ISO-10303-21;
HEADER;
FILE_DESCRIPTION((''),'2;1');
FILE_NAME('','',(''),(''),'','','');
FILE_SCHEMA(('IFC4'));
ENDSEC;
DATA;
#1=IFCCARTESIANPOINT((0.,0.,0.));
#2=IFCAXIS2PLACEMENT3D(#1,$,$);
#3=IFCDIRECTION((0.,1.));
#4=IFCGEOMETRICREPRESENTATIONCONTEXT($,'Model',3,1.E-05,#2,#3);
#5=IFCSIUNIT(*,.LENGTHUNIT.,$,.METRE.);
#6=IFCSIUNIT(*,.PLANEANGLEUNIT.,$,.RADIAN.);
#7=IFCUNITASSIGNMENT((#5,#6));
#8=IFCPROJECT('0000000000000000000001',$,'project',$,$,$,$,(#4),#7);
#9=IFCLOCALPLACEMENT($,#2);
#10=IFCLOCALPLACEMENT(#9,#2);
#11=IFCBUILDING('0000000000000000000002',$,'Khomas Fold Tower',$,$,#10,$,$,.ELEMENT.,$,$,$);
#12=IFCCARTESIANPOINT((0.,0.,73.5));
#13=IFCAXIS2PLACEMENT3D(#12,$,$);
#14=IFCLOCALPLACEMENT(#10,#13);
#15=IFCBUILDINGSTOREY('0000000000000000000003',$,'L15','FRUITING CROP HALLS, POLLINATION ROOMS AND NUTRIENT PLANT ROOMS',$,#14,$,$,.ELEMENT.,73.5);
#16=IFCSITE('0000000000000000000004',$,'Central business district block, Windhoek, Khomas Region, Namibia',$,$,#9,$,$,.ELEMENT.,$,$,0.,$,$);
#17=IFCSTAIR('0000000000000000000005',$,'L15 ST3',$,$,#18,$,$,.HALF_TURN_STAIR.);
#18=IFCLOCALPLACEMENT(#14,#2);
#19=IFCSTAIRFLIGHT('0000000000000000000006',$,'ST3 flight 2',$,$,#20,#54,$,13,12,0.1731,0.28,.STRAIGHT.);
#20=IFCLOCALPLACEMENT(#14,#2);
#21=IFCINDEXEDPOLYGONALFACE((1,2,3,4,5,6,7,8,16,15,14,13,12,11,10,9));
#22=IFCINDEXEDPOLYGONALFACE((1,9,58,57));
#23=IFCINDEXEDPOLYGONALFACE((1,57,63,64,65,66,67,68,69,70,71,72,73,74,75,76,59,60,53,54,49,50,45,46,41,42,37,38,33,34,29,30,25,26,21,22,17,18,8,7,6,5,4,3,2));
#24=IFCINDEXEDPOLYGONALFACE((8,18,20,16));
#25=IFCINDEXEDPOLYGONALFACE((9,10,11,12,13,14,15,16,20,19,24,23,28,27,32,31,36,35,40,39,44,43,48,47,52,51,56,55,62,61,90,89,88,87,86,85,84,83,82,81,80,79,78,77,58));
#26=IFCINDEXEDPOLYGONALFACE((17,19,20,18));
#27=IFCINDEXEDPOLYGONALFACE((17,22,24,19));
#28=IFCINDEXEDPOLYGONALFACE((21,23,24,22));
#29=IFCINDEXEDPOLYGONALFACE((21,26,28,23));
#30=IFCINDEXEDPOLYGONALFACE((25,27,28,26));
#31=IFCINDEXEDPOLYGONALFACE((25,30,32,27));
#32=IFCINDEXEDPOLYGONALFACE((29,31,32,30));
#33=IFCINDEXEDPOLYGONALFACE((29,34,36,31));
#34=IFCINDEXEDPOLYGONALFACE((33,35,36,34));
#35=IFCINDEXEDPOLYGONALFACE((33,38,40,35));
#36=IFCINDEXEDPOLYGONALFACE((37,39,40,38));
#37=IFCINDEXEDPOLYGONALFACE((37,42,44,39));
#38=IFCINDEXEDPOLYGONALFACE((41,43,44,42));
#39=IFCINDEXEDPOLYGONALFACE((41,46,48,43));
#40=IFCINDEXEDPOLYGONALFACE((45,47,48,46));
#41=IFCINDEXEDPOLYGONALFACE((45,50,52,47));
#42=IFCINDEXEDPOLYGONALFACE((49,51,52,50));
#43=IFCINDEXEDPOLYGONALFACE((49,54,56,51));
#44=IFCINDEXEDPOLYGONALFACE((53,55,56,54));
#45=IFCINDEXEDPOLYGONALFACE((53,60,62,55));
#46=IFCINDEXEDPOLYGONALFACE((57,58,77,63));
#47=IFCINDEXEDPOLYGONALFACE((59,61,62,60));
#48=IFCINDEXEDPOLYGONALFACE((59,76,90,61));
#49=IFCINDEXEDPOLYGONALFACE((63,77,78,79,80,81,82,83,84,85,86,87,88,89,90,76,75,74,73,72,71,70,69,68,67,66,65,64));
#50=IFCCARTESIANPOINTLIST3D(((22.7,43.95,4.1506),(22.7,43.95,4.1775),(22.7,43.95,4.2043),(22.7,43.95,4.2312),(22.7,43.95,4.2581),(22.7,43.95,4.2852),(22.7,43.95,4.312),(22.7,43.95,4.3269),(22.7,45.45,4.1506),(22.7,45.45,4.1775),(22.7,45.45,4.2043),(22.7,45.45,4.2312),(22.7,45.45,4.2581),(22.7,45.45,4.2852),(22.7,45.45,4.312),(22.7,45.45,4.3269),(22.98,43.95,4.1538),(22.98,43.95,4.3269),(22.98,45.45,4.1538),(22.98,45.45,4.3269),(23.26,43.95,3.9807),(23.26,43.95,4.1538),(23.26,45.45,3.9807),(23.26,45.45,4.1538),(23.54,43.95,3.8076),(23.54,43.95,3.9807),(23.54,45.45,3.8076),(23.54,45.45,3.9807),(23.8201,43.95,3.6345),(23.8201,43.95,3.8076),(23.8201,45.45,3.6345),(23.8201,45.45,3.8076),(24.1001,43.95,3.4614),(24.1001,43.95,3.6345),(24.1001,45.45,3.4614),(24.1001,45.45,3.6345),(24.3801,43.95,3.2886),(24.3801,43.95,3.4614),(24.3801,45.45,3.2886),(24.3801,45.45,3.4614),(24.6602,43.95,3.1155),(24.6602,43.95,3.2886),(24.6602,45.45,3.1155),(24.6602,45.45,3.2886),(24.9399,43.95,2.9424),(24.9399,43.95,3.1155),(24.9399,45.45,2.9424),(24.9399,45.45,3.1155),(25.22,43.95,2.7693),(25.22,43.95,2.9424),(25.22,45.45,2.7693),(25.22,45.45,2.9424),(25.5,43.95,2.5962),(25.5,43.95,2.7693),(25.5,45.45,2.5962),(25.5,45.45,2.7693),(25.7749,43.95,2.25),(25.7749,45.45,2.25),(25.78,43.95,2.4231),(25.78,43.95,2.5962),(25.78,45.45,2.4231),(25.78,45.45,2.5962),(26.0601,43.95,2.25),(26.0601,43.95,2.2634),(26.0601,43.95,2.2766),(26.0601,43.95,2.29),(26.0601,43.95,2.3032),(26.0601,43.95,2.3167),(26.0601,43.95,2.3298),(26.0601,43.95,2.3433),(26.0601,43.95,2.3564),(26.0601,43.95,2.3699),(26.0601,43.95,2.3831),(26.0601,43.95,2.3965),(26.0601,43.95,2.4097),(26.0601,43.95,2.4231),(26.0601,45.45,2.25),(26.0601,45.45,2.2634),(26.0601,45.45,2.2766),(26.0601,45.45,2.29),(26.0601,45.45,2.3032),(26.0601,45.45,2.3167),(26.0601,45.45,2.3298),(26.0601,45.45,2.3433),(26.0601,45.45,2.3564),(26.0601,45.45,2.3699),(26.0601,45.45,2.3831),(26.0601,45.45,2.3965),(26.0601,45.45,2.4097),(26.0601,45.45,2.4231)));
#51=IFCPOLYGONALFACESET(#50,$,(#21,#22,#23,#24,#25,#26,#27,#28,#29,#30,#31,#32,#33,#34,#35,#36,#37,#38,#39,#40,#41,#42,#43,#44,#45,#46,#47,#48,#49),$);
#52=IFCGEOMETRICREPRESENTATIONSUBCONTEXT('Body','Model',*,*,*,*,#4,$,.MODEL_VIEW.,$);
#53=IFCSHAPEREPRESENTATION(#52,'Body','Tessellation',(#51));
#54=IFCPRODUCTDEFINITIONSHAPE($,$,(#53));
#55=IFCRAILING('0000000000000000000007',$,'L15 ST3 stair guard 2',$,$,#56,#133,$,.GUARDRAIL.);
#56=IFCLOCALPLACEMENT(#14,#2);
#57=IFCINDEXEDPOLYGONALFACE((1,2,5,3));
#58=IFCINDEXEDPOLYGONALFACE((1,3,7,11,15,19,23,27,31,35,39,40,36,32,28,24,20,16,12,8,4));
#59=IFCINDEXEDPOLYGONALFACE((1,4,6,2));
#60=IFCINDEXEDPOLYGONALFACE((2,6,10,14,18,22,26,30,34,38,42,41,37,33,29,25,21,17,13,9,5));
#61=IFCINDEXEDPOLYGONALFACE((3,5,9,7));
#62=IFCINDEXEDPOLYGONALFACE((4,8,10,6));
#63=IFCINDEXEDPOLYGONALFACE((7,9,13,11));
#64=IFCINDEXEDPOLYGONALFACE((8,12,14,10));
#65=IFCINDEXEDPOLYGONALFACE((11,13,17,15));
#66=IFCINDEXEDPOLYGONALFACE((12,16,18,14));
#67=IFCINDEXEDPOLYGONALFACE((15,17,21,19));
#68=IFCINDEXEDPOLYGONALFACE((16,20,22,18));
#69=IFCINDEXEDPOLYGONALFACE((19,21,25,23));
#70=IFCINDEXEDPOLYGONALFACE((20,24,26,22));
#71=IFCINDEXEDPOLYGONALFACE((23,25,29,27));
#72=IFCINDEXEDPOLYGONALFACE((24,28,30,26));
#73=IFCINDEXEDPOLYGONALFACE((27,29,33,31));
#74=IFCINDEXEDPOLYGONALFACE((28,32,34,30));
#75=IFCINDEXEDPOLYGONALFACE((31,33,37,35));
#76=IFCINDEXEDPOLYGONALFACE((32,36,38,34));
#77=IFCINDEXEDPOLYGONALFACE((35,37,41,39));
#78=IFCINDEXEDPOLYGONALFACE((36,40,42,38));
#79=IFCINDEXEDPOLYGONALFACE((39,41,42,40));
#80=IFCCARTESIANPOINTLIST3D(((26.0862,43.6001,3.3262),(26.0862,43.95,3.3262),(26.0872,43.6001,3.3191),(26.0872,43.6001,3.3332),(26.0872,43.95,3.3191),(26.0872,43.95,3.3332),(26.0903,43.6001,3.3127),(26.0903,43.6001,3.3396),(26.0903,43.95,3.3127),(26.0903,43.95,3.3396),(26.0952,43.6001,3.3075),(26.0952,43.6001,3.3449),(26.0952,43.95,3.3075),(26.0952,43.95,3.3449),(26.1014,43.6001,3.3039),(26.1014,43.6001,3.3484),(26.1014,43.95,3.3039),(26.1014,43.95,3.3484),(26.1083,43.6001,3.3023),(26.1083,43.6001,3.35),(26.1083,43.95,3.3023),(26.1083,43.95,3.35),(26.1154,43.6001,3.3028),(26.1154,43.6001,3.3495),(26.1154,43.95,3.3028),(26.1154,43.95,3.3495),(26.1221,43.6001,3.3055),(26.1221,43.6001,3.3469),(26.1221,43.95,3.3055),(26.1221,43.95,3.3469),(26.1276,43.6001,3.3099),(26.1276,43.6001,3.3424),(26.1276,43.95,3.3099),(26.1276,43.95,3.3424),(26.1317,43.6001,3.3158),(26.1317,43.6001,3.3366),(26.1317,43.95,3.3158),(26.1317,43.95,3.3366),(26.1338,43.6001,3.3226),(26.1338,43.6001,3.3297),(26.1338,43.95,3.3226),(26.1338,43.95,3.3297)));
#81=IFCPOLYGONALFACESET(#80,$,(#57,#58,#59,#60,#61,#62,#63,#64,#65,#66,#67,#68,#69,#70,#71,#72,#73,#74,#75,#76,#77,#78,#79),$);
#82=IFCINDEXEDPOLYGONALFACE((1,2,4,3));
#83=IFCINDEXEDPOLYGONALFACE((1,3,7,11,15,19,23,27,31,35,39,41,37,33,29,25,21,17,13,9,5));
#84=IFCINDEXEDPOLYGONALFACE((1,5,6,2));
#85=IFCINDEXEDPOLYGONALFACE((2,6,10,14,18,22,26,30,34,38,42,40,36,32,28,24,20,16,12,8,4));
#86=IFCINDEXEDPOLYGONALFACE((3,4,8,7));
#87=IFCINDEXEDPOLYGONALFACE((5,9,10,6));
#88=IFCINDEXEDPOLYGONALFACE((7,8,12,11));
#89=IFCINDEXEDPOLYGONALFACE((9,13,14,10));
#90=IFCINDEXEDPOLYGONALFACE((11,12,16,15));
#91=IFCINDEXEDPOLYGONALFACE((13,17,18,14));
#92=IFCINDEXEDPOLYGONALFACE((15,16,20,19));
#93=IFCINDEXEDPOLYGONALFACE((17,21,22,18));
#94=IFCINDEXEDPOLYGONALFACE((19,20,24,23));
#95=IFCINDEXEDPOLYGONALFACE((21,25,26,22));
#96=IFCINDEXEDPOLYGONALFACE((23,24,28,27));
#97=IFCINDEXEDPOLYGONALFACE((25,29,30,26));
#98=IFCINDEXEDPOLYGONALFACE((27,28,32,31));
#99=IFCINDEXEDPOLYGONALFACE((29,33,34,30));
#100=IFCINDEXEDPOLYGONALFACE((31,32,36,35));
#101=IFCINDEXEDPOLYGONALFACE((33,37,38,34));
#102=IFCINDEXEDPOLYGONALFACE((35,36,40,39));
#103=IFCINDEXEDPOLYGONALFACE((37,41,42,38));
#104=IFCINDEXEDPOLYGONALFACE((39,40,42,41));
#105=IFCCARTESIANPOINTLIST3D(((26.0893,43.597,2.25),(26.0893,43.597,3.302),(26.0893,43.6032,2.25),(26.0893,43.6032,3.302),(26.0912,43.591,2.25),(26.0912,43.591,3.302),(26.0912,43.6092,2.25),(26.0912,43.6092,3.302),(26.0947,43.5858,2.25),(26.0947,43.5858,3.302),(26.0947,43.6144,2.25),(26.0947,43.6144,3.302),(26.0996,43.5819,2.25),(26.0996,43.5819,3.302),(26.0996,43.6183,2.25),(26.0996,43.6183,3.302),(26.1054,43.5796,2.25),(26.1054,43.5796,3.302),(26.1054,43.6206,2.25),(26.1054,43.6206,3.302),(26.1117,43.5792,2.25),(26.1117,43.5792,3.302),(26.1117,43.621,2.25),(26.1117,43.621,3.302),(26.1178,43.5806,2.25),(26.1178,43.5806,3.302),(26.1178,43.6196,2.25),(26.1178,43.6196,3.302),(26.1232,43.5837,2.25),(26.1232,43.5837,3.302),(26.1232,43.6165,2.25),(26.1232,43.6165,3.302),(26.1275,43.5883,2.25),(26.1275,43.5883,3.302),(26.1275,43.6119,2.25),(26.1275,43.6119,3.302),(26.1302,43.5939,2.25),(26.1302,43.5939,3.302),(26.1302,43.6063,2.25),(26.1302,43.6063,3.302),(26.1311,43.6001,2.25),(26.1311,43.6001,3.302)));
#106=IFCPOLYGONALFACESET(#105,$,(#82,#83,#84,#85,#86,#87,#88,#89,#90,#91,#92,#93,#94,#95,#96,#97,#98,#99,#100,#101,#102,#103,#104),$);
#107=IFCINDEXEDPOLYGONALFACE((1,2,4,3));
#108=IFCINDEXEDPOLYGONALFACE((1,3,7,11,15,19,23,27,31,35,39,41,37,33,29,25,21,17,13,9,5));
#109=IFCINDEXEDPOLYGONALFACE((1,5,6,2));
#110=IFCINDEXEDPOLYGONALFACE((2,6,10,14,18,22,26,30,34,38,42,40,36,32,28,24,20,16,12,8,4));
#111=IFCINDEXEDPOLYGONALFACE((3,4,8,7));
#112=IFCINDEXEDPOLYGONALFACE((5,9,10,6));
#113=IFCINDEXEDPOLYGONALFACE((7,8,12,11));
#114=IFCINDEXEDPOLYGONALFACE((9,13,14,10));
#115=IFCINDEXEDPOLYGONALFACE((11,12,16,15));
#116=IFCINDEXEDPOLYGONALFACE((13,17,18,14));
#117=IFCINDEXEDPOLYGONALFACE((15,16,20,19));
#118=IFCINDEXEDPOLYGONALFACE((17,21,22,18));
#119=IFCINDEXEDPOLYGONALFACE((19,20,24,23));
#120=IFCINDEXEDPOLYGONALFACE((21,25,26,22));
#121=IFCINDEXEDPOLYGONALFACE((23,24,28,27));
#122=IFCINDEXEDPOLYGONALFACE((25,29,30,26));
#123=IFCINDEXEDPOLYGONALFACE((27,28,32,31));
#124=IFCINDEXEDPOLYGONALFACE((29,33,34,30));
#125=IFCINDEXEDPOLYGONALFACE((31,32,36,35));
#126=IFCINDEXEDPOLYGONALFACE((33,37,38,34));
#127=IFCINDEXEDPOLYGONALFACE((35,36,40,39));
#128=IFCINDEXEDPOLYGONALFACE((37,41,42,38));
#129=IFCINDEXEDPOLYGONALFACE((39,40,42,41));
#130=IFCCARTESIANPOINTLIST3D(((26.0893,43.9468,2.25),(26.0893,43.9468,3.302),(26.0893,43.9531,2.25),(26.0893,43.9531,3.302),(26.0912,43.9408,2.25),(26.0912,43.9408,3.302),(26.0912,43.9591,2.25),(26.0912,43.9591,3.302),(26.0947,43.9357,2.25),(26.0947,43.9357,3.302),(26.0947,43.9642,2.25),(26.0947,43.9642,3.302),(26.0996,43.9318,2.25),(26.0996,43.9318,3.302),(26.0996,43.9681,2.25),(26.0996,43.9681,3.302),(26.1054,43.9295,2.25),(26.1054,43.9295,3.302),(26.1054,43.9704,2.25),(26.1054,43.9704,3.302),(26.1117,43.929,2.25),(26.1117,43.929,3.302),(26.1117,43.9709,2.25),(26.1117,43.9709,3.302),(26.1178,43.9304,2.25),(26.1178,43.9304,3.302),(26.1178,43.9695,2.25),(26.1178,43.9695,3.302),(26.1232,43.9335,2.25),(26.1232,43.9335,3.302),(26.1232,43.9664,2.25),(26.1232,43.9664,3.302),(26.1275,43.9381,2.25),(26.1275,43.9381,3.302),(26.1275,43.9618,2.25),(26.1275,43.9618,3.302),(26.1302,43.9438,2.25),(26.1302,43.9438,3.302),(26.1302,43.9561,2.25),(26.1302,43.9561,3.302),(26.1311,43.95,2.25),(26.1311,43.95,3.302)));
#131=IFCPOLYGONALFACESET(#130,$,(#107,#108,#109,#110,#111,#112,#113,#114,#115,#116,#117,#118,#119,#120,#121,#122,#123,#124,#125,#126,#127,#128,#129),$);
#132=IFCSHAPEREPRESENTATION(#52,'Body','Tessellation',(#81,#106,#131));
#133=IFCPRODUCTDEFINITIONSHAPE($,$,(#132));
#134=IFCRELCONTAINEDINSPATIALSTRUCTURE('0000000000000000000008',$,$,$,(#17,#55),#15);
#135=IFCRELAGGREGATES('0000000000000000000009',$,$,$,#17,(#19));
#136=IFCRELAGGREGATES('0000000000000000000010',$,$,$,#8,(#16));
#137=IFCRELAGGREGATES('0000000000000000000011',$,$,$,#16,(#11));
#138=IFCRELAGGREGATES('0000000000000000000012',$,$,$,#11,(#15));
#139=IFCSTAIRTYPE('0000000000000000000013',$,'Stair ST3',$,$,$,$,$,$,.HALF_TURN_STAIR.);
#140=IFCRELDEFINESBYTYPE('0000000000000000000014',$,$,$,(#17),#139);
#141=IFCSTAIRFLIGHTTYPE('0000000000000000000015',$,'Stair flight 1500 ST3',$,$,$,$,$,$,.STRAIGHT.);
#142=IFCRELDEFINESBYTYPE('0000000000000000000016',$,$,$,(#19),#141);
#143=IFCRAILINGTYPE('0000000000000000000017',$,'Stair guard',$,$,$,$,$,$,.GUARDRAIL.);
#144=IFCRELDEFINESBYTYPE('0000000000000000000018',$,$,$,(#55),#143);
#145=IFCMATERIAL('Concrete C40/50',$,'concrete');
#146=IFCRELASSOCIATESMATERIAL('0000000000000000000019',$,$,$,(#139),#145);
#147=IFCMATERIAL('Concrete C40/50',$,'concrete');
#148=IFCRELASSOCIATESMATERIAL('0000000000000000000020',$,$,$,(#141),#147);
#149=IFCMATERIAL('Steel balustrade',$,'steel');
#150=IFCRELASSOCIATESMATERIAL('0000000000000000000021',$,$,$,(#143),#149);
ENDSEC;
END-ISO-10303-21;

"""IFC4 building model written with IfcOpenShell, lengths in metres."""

from ifc_helpers import new_model, si_unit, direction, frame, origin, origin_2d, place, context, subcontext, project, spatial, polyline, circle, outline, extrude, source, transform, mapped, material, type_object, element, aggregate, save


model = new_model("IFC4")

# Units and contexts
model_context = context("Model", 3, precision=1e-05, world=origin(), true_north=direction((0.0, 1.0)))
body_context = subcontext(model_context, "Body", "Model", "MODEL_VIEW")
ifc_project = project(units=[si_unit("LENGTHUNIT", "METRE"), si_unit("PLANEANGLEUNIT", "RADIAN")], contexts=[model_context])

# Site, building, storey
site_placement = place(None, origin())
site = spatial("IfcSite", under=ifc_project, at=site_placement, Name="Central business district block, Windhoek, Khomas Region, Namibia", CompositionType="ELEMENT", RefElevation=0.0)
building_placement = place(site_placement, origin())
building = spatial("IfcBuilding", under=site, at=building_placement, Name="Khomas Fold Tower", CompositionType="ELEMENT")
storey_placement = place(building_placement, frame((0.0, 0.0, 73.5)))
storey = spatial("IfcBuildingStorey", under=building, at=storey_placement, Name="L15", Description="FRUITING CROP HALLS, POLLINATION ROOMS AND NUTRIENT PLANT ROOMS", CompositionType="ELEMENT", Elevation=73.5)

# Stair, stair flight
ifc_material_1 = material(Name="Concrete C40/50", Category="concrete")
stair_type = type_object("IfcStairType", Name="Stair ST3", PredefinedType="HALF_TURN_STAIR", material=ifc_material_1)
stair_placement = place(storey_placement, origin())
stair = element("IfcStair", 1, at=stair_placement, inside=storey, type_object=stair_type, Name="L15 ST3", PredefinedType="HALF_TURN_STAIR")
ifc_material_2 = material(Name="Concrete C40/50", Category="concrete")
stair_flight_type = type_object("IfcStairFlightType", Name="Stair flight 1500 ST3", PredefinedType="STRAIGHT", material=ifc_material_2)
shared_shape_1 = source(origin(), body_context, "Body", "SweptSolid", [
    extrude(outline(polyline([(0.0, 0.0), (0.0, 0.0134), (0.0, 0.0266), (0.0, 0.04), (0.0, 0.0532), (0.0, 0.0667), (0.0, 0.0798), (0.0, 0.0933), (0.0, 0.1064), (0.0, 0.1199), (0.0, 0.1331), (0.0, 0.1465), (0.0, 0.1597), (0.0, 0.1731), (0.28, 0.1731), (0.28, 0.3462), (0.5601, 0.3462), (0.5601, 0.5193), (0.8401, 0.5193), (0.8401, 0.6924), (1.1201, 0.6924), (1.1201, 0.8655), (1.3999, 0.8655), (1.3999, 1.0386), (1.6799, 1.0386), (1.6799, 1.2114), (1.96, 1.2114), (1.96, 1.3845), (2.24, 1.3845), (2.24, 1.5576), (2.52, 1.5576), (2.52, 1.7307), (2.8, 1.7307), (2.8, 1.9038), (3.0801, 1.9038), (3.0801, 2.0769), (3.3601, 2.0769), (3.3601, 2.25), (3.3601, 2.2231), (3.3601, 2.1963), (3.3601, 2.1694), (3.3601, 2.1426), (3.3601, 2.1157), (3.3601, 2.0889), (3.3601, 2.062), (3.3601, 2.0352), (3.3601, 2.0081), (3.3601, 1.9812), (3.3601, 1.9543), (3.3601, 1.9275), (3.3601, 1.9006), (0.2852, 0.0), (0.0, 0.0)])), frame((0.0, 0.75, 0.0), z_axis=(0.0, -1.0, 0.0), x_axis=(1.0, 0.0, 0.0)), (0.0, 0.0, 1.0), 1.5),
])
stair_flight_1_placement = place(storey_placement, frame((26.0601, 44.7, 2.25), z_axis=(0.0, 0.0, 1.0), x_axis=(-1.0, 0.0, 0.0)))
stair_flight_1 = element("IfcStairFlight", 2, at=stair_flight_1_placement, type_object=stair_flight_type, Name="ST3 flight 2", NumberOfRisers=13, NumberOfTreads=12, PredefinedType="STRAIGHT", RiserHeight=0.1731, TreadLength=0.28, context=body_context, shape_type="MappedRepresentation", body=[
    mapped(shared_shape_1, transform((0.0, 0.0, 0.0))),
])
aggregate(stair, [stair_flight_1])

# Railing
ifc_material_3 = material(Name="Steel balustrade", Category="steel")
railing_type_1 = type_object("IfcRailingType", Name="Stair guard", PredefinedType="GUARDRAIL", material=ifc_material_3)
shared_shape_2 = source(origin(), body_context, "Body", "SweptSolid", [
    extrude(circle(Radius=0.0239, at=origin_2d()), frame((0.0, 0.0, 1.0762), z_axis=(0.0, 1.0, 0.0), x_axis=(-1.0, 0.0, 0.0)), (0.0, 0.0, 1.0), 0.3499),
    extrude(circle(Radius=0.021, at=origin_2d()), origin(), (0.0, 0.0, 1.0), 1.052),
    extrude(circle(Radius=0.021, at=origin_2d()), frame((0.0, 0.3499, 0.0)), (0.0, 0.0, 1.0), 1.052),
])
for number, where, name in (
    (3, (26.1101, 43.6001, 2.25), "L15 ST3 stair guard 2"),
):
    element("IfcRailing", number, at=place(storey_placement, frame(where)), inside=storey, type_object=railing_type_1, Name=name, PredefinedType="GUARDRAIL", context=body_context, shape_type="MappedRepresentation", body=[
        mapped(shared_shape_2, transform((0.0, 0.0, 0.0))),
    ])

save(model, "model.ifc")
